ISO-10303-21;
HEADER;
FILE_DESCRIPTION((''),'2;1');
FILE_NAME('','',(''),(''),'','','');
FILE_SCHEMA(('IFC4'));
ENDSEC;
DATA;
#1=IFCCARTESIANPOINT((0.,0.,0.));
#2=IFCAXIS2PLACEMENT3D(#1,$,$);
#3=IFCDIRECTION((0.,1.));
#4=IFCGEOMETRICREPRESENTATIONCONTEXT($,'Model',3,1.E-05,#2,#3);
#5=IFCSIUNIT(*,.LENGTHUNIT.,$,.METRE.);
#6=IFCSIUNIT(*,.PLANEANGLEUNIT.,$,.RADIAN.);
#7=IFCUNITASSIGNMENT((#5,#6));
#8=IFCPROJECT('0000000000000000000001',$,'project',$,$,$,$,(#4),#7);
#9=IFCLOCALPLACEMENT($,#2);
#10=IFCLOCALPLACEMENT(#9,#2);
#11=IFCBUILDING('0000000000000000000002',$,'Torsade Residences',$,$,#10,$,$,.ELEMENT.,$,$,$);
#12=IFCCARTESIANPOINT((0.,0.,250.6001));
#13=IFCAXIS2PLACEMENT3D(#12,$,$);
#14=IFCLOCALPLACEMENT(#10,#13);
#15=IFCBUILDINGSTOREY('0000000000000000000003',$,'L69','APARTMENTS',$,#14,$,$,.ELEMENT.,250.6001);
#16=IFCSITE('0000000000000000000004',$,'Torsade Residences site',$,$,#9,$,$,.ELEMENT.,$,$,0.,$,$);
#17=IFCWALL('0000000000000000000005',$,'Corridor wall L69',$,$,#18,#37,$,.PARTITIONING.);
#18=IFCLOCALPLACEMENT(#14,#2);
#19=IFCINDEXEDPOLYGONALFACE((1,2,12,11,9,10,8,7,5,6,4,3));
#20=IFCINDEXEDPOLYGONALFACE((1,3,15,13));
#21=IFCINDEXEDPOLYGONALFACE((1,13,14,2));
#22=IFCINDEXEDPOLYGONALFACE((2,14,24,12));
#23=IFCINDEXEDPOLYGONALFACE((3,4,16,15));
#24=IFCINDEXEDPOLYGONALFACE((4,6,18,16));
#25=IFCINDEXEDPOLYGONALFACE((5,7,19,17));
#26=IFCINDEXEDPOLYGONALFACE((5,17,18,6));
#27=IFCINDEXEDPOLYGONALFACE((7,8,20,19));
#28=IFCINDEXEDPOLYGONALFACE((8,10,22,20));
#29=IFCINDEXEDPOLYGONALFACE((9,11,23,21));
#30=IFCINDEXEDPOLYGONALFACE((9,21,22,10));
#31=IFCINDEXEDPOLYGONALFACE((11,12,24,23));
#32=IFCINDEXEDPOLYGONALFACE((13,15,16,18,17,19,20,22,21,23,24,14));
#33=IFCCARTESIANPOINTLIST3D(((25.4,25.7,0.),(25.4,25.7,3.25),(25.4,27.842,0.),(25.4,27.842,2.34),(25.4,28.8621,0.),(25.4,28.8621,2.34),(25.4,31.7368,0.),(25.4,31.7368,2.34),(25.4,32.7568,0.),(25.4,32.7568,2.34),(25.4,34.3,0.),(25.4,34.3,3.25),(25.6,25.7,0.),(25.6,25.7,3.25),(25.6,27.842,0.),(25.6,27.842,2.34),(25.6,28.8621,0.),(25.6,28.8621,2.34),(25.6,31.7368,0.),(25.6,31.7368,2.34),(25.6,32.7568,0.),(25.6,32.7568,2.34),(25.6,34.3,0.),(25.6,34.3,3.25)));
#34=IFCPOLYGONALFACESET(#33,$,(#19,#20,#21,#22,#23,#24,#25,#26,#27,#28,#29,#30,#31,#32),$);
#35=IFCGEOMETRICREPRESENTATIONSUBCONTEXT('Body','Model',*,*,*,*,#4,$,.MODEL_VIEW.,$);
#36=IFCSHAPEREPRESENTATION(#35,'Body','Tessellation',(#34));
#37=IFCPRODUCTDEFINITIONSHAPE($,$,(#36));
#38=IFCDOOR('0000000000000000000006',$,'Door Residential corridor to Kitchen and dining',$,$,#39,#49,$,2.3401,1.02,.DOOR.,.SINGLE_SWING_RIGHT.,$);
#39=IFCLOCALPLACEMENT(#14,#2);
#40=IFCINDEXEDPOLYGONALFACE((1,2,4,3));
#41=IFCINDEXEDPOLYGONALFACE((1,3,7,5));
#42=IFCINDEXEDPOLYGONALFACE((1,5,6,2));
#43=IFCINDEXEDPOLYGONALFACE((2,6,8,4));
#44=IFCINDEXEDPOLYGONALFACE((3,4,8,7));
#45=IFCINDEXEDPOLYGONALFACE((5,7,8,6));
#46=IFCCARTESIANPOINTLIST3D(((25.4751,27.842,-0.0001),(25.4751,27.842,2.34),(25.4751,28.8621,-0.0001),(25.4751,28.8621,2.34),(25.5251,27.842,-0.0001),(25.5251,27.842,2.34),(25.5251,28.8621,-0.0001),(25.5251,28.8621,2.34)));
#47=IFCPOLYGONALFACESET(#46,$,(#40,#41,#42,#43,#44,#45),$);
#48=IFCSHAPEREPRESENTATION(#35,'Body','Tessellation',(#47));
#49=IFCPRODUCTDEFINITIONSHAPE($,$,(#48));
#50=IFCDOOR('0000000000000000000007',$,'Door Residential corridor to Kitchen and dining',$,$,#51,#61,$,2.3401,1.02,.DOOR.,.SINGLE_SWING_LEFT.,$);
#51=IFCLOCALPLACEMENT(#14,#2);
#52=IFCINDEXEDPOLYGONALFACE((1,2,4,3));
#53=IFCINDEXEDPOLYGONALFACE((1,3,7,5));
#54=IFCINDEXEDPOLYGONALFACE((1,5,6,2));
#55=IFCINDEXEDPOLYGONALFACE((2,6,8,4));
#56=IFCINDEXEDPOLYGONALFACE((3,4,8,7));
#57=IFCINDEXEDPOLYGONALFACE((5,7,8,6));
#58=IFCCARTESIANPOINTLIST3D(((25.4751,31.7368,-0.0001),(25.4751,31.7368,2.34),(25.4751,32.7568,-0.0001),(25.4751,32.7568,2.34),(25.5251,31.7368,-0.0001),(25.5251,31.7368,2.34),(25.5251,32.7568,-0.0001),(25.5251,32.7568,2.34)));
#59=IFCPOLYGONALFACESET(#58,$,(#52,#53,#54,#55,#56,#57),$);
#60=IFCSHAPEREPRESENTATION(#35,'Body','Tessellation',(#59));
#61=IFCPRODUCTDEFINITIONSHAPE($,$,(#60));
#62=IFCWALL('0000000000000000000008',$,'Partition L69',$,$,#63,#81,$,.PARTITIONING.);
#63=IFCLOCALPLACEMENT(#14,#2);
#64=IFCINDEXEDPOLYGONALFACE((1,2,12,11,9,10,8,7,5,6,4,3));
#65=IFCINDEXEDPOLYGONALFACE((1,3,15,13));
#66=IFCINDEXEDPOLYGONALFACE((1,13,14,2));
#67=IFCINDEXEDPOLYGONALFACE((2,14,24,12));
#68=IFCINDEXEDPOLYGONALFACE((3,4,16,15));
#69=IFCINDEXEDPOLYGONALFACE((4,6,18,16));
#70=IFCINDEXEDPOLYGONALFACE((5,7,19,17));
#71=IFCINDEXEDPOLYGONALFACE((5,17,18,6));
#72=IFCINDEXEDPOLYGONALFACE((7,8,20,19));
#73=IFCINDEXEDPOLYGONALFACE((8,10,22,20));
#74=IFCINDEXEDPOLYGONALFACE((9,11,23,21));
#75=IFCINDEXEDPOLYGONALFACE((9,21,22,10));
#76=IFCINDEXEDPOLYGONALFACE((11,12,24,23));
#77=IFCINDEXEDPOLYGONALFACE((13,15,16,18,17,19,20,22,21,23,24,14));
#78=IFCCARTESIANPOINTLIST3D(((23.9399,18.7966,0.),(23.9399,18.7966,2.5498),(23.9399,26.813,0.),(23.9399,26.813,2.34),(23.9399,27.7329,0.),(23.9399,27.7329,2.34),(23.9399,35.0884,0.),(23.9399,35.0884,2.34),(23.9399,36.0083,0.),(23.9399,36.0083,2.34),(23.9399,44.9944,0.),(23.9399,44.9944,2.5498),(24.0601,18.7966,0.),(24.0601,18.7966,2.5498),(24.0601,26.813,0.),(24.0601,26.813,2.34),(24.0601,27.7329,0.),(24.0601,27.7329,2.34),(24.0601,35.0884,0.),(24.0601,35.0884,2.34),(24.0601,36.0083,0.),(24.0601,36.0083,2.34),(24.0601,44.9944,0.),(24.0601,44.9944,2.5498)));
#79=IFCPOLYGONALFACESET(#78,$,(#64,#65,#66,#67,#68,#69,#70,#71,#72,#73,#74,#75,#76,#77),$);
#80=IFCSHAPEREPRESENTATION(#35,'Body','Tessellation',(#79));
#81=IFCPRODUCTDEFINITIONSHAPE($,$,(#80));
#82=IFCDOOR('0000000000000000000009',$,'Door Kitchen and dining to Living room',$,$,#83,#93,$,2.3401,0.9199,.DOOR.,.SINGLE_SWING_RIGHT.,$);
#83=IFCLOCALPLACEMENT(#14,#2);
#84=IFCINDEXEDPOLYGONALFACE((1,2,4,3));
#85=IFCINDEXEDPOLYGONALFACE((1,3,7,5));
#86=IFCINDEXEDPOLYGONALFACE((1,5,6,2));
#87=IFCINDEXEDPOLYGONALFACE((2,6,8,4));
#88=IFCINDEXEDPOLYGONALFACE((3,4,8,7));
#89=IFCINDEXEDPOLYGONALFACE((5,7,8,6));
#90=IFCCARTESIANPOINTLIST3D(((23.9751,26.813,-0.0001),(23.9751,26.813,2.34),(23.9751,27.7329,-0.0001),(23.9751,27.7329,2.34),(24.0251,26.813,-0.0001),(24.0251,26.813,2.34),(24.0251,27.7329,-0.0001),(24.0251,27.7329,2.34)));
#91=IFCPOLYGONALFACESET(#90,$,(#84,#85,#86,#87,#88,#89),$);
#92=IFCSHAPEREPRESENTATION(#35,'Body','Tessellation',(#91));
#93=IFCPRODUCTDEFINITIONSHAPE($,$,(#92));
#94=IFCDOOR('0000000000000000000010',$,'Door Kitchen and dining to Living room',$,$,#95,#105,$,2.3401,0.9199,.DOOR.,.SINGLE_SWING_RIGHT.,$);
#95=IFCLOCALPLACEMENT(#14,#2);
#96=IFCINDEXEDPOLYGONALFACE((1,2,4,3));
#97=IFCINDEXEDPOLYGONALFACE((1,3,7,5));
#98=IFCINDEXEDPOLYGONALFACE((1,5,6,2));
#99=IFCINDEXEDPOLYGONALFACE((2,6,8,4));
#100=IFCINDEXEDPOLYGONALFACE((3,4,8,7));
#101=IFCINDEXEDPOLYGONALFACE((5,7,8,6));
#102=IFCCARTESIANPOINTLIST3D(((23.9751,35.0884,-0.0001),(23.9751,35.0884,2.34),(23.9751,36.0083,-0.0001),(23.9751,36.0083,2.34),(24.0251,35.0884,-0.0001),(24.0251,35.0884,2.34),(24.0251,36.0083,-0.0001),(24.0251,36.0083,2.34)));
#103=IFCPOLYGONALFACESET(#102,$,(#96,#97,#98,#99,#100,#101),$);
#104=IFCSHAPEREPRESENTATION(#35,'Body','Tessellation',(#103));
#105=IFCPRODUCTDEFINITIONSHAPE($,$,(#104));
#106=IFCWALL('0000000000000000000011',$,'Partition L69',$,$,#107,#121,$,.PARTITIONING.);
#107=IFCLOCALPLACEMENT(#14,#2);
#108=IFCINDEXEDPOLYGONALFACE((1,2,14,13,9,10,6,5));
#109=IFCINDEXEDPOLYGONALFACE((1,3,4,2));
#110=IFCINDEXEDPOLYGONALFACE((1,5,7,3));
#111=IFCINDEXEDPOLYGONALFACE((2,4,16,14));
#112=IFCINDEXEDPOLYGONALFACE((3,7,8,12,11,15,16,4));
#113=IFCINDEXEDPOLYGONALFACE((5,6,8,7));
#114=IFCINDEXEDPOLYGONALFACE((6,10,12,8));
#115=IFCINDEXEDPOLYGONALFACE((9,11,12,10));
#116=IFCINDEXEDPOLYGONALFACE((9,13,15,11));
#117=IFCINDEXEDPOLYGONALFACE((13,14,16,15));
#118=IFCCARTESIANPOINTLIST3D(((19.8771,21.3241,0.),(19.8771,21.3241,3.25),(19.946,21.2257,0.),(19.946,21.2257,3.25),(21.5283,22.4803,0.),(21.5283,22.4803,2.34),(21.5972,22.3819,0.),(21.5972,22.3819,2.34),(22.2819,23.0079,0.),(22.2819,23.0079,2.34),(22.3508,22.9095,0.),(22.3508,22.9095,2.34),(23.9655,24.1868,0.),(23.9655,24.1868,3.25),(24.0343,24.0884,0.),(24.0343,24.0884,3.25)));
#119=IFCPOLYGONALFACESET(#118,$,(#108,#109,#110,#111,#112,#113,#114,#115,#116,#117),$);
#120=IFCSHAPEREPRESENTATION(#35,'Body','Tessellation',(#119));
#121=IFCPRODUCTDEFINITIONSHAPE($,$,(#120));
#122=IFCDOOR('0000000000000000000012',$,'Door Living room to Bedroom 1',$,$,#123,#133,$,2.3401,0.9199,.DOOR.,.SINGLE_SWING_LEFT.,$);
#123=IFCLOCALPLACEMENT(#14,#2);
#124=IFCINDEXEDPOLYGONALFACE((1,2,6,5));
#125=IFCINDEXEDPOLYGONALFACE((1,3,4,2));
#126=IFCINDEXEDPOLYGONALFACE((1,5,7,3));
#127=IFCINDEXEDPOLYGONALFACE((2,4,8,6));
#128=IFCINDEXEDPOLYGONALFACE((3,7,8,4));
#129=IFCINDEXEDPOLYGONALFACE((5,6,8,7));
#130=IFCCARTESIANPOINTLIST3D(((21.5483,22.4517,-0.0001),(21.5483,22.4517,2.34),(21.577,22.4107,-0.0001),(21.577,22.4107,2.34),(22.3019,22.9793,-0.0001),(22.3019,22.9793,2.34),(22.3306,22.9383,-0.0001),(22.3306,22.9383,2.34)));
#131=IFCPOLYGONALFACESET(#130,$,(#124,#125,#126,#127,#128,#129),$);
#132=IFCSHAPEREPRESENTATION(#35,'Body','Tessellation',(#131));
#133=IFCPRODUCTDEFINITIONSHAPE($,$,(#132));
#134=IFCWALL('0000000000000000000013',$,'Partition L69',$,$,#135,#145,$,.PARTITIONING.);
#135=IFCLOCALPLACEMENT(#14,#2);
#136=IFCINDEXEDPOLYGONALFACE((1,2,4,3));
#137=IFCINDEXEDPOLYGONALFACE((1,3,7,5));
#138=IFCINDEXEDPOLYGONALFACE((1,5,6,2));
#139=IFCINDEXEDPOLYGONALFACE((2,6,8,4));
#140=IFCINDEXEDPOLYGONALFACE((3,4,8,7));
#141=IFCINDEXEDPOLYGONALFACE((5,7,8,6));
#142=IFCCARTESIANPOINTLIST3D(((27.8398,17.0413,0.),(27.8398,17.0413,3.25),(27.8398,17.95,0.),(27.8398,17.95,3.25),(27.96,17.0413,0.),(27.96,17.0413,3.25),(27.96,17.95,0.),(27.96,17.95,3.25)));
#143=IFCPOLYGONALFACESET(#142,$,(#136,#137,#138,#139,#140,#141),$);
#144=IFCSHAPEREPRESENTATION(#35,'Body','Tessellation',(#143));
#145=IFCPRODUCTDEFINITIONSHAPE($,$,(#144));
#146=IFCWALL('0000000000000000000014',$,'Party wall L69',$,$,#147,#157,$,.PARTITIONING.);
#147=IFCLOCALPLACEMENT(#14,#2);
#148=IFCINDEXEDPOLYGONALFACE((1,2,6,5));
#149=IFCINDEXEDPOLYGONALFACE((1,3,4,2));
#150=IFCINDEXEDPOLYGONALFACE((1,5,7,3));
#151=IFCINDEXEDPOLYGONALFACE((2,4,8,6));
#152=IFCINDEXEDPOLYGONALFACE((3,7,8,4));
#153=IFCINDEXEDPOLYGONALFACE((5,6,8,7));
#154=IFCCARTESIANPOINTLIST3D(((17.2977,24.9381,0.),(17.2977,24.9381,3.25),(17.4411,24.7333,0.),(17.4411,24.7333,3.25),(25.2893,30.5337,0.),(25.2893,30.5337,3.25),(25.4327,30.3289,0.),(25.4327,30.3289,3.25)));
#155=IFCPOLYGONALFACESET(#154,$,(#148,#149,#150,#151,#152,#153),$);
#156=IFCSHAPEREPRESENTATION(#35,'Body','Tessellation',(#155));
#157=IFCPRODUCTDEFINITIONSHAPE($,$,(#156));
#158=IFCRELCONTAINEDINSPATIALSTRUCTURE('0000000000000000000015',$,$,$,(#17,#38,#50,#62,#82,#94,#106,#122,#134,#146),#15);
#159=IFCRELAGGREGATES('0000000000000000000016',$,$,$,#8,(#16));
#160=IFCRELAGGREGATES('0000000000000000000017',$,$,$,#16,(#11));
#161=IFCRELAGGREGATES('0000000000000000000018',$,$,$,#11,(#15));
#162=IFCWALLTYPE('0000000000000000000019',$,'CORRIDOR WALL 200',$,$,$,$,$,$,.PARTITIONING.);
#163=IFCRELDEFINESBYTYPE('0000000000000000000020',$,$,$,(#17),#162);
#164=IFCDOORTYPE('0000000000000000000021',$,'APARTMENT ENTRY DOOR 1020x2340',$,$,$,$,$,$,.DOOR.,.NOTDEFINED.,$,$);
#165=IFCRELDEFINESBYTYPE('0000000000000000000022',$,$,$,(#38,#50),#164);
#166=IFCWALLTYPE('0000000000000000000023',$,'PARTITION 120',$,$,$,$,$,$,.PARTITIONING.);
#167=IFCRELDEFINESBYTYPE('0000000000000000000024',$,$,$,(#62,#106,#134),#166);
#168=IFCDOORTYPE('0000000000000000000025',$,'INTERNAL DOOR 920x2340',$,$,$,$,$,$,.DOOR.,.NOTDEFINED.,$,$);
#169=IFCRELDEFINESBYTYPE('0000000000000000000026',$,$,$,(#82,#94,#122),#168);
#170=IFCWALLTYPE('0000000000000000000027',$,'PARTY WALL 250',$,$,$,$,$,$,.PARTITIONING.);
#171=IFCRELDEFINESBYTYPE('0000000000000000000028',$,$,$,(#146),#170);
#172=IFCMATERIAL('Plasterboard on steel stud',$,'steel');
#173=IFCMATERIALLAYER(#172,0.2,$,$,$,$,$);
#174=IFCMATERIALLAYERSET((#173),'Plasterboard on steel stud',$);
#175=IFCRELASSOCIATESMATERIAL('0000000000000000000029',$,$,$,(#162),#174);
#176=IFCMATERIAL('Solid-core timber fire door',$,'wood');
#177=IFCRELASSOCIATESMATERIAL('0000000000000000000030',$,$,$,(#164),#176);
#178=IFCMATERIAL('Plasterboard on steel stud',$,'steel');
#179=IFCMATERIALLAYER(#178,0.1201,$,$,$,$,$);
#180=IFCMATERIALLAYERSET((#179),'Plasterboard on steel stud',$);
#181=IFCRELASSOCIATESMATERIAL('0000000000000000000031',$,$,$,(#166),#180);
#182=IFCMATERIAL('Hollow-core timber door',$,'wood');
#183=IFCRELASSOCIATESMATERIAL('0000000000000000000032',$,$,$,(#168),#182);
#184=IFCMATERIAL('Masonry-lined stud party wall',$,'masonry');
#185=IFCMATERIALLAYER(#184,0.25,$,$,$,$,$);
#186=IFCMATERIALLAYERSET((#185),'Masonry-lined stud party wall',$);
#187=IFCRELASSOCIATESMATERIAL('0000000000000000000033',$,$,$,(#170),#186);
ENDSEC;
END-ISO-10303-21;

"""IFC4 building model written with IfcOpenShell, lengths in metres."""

from ifc_helpers import new_model, si_unit, direction, frame, frame_2d, origin, place, context, subcontext, project, spatial, rectangle, extrude, material, layer, layer_set, type_object, element, fill, save


model = new_model("IFC4")

# Units and contexts
model_context = context("Model", 3, precision=1e-05, world=origin(), true_north=direction((0.0, 1.0)))
body_context = subcontext(model_context, "Body", "Model", "MODEL_VIEW")
ifc_project = project(units=[si_unit("LENGTHUNIT", "METRE"), si_unit("PLANEANGLEUNIT", "RADIAN")], contexts=[model_context])

# Site, building, storey
site_placement = place(None, origin())
site = spatial("IfcSite", under=ifc_project, at=site_placement, Name="Torsade Residences site", CompositionType="ELEMENT", RefElevation=0.0)
building_placement = place(site_placement, origin())
building = spatial("IfcBuilding", under=site, at=building_placement, Name="Torsade Residences", CompositionType="ELEMENT")
storey_placement = place(building_placement, frame((0.0, 0.0, 250.6001)))
storey = spatial("IfcBuildingStorey", under=building, at=storey_placement, Name="L69", Description="APARTMENTS", CompositionType="ELEMENT", Elevation=250.6001)

# Walls, openings, doors
ifc_material_1 = material(Name="Plasterboard on steel stud", Category="steel")
ifc_layer_1 = layer(ifc_material_1, 0.2)
ifc_layer_set_1 = layer_set([ifc_layer_1], Name="Plasterboard on steel stud")
wall_type_1 = type_object("IfcWallType", Name="CORRIDOR WALL 200", PredefinedType="PARTITIONING", material=ifc_layer_set_1)
wall_1_placement = place(storey_placement, frame((25.5, 25.7, 0.0), z_axis=(0.0, 0.0, 1.0), x_axis=(0.0, 1.0, 0.0)))
wall_1 = element("IfcWall", 1, at=wall_1_placement, inside=storey, type_object=wall_type_1, Name="Corridor wall L69", PredefinedType="PARTITIONING", context=body_context, shape_type="SweptSolid", body=[
    extrude(rectangle(XDim=8.6001, YDim=0.2, at=frame_2d((4.3, 0.0))), origin(), (0.0, 0.0, 1.0), 3.25),
])
opening_1_placement = place(wall_1_placement, frame((2.1421, 0.0, 0.0)))
opening_1 = element("IfcOpeningElement", 2, at=opening_1_placement, cuts=wall_1, PredefinedType="OPENING", context=body_context, shape_type="SweptSolid", body=[
    extrude(rectangle(XDim=1.02, YDim=2.3401, at=frame_2d((0.51, 1.1699))), frame((0.0, 0.1099, 0.0), z_axis=(0.0, -1.0, 0.0), x_axis=(1.0, 0.0, 0.0)), (0.0, 0.0, 1.0), 0.22),
])
opening_2_placement = place(wall_1_placement, frame((6.0369, 0.0, 0.0)))
opening_2 = element("IfcOpeningElement", 3, at=opening_2_placement, cuts=wall_1, PredefinedType="OPENING", context=body_context, shape_type="SweptSolid", body=[
    extrude(rectangle(XDim=1.02, YDim=2.3401, at=frame_2d((0.51, 1.1699))), frame((0.0, 0.1099, 0.0), z_axis=(0.0, -1.0, 0.0), x_axis=(1.0, 0.0, 0.0)), (0.0, 0.0, 1.0), 0.22),
])
ifc_material_2 = material(Name="Solid-core timber fire door", Category="wood")
door_type_1 = type_object("IfcDoorType", Name="APARTMENT ENTRY DOOR 1020x2340", OperationType="NOTDEFINED", PredefinedType="DOOR", material=ifc_material_2)
door_1_placement = place(opening_1_placement, origin())
door_1 = element("IfcDoor", 4, at=door_1_placement, inside=storey, type_object=door_type_1, Name="Door Residential corridor to Kitchen and dining", OperationType="SINGLE_SWING_RIGHT", OverallHeight=2.3401, OverallWidth=1.02, PredefinedType="DOOR", context=body_context, shape_type="SweptSolid", body=[
    extrude(rectangle(XDim=1.02, YDim=2.3401, at=frame_2d((0.51, 1.1699))), frame((0.0, 0.0249, 0.0), z_axis=(0.0, -1.0, 0.0), x_axis=(1.0, 0.0, 0.0)), (0.0, 0.0, 1.0), 0.05),
])
fill(opening_1, door_1)
door_2_placement = place(opening_2_placement, origin())
door_2 = element("IfcDoor", 5, at=door_2_placement, inside=storey, type_object=door_type_1, Name="Door Residential corridor to Kitchen and dining", OperationType="SINGLE_SWING_LEFT", OverallHeight=2.3401, OverallWidth=1.02, PredefinedType="DOOR", context=body_context, shape_type="SweptSolid", body=[
    extrude(rectangle(XDim=1.02, YDim=2.3401, at=frame_2d((0.51, 1.1699))), frame((0.0, 0.0249, 0.0), z_axis=(0.0, -1.0, 0.0), x_axis=(1.0, 0.0, 0.0)), (0.0, 0.0, 1.0), 0.05),
])
fill(opening_2, door_2)
ifc_material_3 = material(Name="Plasterboard on steel stud", Category="steel")
ifc_layer_2 = layer(ifc_material_3, 0.1201)
ifc_layer_set_2 = layer_set([ifc_layer_2], Name="Plasterboard on steel stud")
wall_type_2 = type_object("IfcWallType", Name="PARTITION 120", PredefinedType="PARTITIONING", material=ifc_layer_set_2)
wall_2_placement = place(storey_placement, frame((24.0, 18.7966, 0.0), z_axis=(0.0, 0.0, 1.0), x_axis=(0.0, 1.0, 0.0)))
wall_2 = element("IfcWall", 6, at=wall_2_placement, inside=storey, type_object=wall_type_2, Name="Partition L69", PredefinedType="PARTITIONING", context=body_context, shape_type="SweptSolid", body=[
    extrude(rectangle(XDim=26.1978, YDim=0.1201, at=frame_2d((13.0989, 0.0))), origin(), (0.0, 0.0, 1.0), 2.5498),
])
opening_3_placement = place(wall_2_placement, frame((8.0164, 0.0, 0.0)))
opening_3 = element("IfcOpeningElement", 7, at=opening_3_placement, cuts=wall_2, PredefinedType="OPENING", context=body_context, shape_type="SweptSolid", body=[
    extrude(rectangle(XDim=0.9199, YDim=2.3401, at=frame_2d((0.46, 1.1699))), frame((0.0, 0.0701, 0.0), z_axis=(0.0, -1.0, 0.0), x_axis=(1.0, 0.0, 0.0)), (0.0, 0.0, 1.0), 0.1401),
])
opening_4_placement = place(wall_2_placement, frame((16.2917, 0.0, 0.0)))
opening_4 = element("IfcOpeningElement", 8, at=opening_4_placement, cuts=wall_2, PredefinedType="OPENING", context=body_context, shape_type="SweptSolid", body=[
    extrude(rectangle(XDim=0.9199, YDim=2.3401, at=frame_2d((0.46, 1.1699))), frame((0.0, 0.0701, 0.0), z_axis=(0.0, -1.0, 0.0), x_axis=(1.0, 0.0, 0.0)), (0.0, 0.0, 1.0), 0.1401),
])
ifc_material_4 = material(Name="Hollow-core timber door", Category="wood")
door_type_2 = type_object("IfcDoorType", Name="INTERNAL DOOR 920x2340", OperationType="NOTDEFINED", PredefinedType="DOOR", material=ifc_material_4)
door_3_placement = place(opening_3_placement, origin())
door_3 = element("IfcDoor", 9, at=door_3_placement, inside=storey, type_object=door_type_2, Name="Door Kitchen and dining to Living room", OperationType="SINGLE_SWING_RIGHT", OverallHeight=2.3401, OverallWidth=0.9199, PredefinedType="DOOR", context=body_context, shape_type="SweptSolid", body=[
    extrude(rectangle(XDim=0.9199, YDim=2.3401, at=frame_2d((0.46, 1.1699))), frame((0.0, 0.0249, 0.0), z_axis=(0.0, -1.0, 0.0), x_axis=(1.0, 0.0, 0.0)), (0.0, 0.0, 1.0), 0.05),
])
fill(opening_3, door_3)
door_4_placement = place(opening_4_placement, origin())
door_4 = element("IfcDoor", 10, at=door_4_placement, inside=storey, type_object=door_type_2, Name="Door Kitchen and dining to Living room", OperationType="SINGLE_SWING_RIGHT", OverallHeight=2.3401, OverallWidth=0.9199, PredefinedType="DOOR", context=body_context, shape_type="SweptSolid", body=[
    extrude(rectangle(XDim=0.9199, YDim=2.3401, at=frame_2d((0.46, 1.1699))), frame((0.0, 0.0249, 0.0), z_axis=(0.0, -1.0, 0.0), x_axis=(1.0, 0.0, 0.0)), (0.0, 0.0, 1.0), 0.05),
])
fill(opening_4, door_4)

# Wall, opening, door
wall_3_placement = place(storey_placement, frame((24.0, 24.1377, 0.0), z_axis=(0.0, 0.0, 1.0), x_axis=(-0.819145, -0.573587, 0.0)))
wall_3 = element("IfcWall", 11, at=wall_3_placement, inside=storey, type_object=wall_type_2, Name="Partition L69", PredefinedType="PARTITIONING", context=body_context, shape_type="SweptSolid", body=[
    extrude(rectangle(XDim=4.991, YDim=0.1201, at=frame_2d((2.4956, 0.0))), origin(), (0.0, 0.0, 1.0), 3.25),
])
opening_5_placement = place(wall_3_placement, frame((2.0554, 0.0, 0.0)))
opening_5 = element("IfcOpeningElement", 12, at=opening_5_placement, cuts=wall_3, PredefinedType="OPENING", context=body_context, shape_type="SweptSolid", body=[
    extrude(rectangle(XDim=0.9199, YDim=2.3401, at=frame_2d((0.46, 1.1699))), frame((0.0, 0.0701, 0.0), z_axis=(0.0, -1.0, 0.0), x_axis=(1.0, 0.0, 0.0)), (0.0, 0.0, 1.0), 0.1401),
])
door_5_placement = place(opening_5_placement, origin())
door_5 = element("IfcDoor", 13, at=door_5_placement, inside=storey, type_object=door_type_2, Name="Door Living room to Bedroom 1", OperationType="SINGLE_SWING_LEFT", OverallHeight=2.3401, OverallWidth=0.9199, PredefinedType="DOOR", context=body_context, shape_type="SweptSolid", body=[
    extrude(rectangle(XDim=0.9199, YDim=2.3401, at=frame_2d((0.46, 1.1699))), frame((0.0, 0.0249, 0.0), z_axis=(0.0, -1.0, 0.0), x_axis=(1.0, 0.0, 0.0)), (0.0, 0.0, 1.0), 0.05),
])
fill(opening_5, door_5)

# Walls
wall_4_placement = place(storey_placement, frame((27.8999, 17.95, 0.0), z_axis=(0.0, 0.0, 1.0), x_axis=(0.0, -1.0, 0.0)))
element("IfcWall", 14, at=wall_4_placement, inside=storey, type_object=wall_type_2, Name="Partition L69", PredefinedType="PARTITIONING", context=body_context, shape_type="SweptSolid", body=[
    extrude(rectangle(XDim=0.9087, YDim=0.1201, at=frame_2d((0.4543, 0.0))), origin(), (0.0, 0.0, 1.0), 3.25),
])
ifc_material_5 = material(Name="Masonry-lined stud party wall", Category="masonry")
ifc_layer_3 = layer(ifc_material_5, 0.25)
ifc_layer_set_3 = layer_set([ifc_layer_3], Name="Masonry-lined stud party wall")
wall_type_3 = type_object("IfcWallType", Name="PARTY WALL 250", PredefinedType="PARTITIONING", material=ifc_layer_set_3)
wall_5_placement = place(storey_placement, frame((17.3694, 24.8357, 0.0), z_axis=(0.0, 0.0, 1.0), x_axis=(0.819159, 0.573566, 0.0)))
element("IfcWall", 15, at=wall_5_placement, inside=storey, type_object=wall_type_3, Name="Party wall L69", PredefinedType="PARTITIONING", context=body_context, shape_type="SweptSolid", body=[
    extrude(rectangle(XDim=9.7559, YDim=0.25, at=frame_2d((4.8779, 0.0))), origin(), (0.0, 0.0, 1.0), 3.25),
])

save(model, "model.ifc")
